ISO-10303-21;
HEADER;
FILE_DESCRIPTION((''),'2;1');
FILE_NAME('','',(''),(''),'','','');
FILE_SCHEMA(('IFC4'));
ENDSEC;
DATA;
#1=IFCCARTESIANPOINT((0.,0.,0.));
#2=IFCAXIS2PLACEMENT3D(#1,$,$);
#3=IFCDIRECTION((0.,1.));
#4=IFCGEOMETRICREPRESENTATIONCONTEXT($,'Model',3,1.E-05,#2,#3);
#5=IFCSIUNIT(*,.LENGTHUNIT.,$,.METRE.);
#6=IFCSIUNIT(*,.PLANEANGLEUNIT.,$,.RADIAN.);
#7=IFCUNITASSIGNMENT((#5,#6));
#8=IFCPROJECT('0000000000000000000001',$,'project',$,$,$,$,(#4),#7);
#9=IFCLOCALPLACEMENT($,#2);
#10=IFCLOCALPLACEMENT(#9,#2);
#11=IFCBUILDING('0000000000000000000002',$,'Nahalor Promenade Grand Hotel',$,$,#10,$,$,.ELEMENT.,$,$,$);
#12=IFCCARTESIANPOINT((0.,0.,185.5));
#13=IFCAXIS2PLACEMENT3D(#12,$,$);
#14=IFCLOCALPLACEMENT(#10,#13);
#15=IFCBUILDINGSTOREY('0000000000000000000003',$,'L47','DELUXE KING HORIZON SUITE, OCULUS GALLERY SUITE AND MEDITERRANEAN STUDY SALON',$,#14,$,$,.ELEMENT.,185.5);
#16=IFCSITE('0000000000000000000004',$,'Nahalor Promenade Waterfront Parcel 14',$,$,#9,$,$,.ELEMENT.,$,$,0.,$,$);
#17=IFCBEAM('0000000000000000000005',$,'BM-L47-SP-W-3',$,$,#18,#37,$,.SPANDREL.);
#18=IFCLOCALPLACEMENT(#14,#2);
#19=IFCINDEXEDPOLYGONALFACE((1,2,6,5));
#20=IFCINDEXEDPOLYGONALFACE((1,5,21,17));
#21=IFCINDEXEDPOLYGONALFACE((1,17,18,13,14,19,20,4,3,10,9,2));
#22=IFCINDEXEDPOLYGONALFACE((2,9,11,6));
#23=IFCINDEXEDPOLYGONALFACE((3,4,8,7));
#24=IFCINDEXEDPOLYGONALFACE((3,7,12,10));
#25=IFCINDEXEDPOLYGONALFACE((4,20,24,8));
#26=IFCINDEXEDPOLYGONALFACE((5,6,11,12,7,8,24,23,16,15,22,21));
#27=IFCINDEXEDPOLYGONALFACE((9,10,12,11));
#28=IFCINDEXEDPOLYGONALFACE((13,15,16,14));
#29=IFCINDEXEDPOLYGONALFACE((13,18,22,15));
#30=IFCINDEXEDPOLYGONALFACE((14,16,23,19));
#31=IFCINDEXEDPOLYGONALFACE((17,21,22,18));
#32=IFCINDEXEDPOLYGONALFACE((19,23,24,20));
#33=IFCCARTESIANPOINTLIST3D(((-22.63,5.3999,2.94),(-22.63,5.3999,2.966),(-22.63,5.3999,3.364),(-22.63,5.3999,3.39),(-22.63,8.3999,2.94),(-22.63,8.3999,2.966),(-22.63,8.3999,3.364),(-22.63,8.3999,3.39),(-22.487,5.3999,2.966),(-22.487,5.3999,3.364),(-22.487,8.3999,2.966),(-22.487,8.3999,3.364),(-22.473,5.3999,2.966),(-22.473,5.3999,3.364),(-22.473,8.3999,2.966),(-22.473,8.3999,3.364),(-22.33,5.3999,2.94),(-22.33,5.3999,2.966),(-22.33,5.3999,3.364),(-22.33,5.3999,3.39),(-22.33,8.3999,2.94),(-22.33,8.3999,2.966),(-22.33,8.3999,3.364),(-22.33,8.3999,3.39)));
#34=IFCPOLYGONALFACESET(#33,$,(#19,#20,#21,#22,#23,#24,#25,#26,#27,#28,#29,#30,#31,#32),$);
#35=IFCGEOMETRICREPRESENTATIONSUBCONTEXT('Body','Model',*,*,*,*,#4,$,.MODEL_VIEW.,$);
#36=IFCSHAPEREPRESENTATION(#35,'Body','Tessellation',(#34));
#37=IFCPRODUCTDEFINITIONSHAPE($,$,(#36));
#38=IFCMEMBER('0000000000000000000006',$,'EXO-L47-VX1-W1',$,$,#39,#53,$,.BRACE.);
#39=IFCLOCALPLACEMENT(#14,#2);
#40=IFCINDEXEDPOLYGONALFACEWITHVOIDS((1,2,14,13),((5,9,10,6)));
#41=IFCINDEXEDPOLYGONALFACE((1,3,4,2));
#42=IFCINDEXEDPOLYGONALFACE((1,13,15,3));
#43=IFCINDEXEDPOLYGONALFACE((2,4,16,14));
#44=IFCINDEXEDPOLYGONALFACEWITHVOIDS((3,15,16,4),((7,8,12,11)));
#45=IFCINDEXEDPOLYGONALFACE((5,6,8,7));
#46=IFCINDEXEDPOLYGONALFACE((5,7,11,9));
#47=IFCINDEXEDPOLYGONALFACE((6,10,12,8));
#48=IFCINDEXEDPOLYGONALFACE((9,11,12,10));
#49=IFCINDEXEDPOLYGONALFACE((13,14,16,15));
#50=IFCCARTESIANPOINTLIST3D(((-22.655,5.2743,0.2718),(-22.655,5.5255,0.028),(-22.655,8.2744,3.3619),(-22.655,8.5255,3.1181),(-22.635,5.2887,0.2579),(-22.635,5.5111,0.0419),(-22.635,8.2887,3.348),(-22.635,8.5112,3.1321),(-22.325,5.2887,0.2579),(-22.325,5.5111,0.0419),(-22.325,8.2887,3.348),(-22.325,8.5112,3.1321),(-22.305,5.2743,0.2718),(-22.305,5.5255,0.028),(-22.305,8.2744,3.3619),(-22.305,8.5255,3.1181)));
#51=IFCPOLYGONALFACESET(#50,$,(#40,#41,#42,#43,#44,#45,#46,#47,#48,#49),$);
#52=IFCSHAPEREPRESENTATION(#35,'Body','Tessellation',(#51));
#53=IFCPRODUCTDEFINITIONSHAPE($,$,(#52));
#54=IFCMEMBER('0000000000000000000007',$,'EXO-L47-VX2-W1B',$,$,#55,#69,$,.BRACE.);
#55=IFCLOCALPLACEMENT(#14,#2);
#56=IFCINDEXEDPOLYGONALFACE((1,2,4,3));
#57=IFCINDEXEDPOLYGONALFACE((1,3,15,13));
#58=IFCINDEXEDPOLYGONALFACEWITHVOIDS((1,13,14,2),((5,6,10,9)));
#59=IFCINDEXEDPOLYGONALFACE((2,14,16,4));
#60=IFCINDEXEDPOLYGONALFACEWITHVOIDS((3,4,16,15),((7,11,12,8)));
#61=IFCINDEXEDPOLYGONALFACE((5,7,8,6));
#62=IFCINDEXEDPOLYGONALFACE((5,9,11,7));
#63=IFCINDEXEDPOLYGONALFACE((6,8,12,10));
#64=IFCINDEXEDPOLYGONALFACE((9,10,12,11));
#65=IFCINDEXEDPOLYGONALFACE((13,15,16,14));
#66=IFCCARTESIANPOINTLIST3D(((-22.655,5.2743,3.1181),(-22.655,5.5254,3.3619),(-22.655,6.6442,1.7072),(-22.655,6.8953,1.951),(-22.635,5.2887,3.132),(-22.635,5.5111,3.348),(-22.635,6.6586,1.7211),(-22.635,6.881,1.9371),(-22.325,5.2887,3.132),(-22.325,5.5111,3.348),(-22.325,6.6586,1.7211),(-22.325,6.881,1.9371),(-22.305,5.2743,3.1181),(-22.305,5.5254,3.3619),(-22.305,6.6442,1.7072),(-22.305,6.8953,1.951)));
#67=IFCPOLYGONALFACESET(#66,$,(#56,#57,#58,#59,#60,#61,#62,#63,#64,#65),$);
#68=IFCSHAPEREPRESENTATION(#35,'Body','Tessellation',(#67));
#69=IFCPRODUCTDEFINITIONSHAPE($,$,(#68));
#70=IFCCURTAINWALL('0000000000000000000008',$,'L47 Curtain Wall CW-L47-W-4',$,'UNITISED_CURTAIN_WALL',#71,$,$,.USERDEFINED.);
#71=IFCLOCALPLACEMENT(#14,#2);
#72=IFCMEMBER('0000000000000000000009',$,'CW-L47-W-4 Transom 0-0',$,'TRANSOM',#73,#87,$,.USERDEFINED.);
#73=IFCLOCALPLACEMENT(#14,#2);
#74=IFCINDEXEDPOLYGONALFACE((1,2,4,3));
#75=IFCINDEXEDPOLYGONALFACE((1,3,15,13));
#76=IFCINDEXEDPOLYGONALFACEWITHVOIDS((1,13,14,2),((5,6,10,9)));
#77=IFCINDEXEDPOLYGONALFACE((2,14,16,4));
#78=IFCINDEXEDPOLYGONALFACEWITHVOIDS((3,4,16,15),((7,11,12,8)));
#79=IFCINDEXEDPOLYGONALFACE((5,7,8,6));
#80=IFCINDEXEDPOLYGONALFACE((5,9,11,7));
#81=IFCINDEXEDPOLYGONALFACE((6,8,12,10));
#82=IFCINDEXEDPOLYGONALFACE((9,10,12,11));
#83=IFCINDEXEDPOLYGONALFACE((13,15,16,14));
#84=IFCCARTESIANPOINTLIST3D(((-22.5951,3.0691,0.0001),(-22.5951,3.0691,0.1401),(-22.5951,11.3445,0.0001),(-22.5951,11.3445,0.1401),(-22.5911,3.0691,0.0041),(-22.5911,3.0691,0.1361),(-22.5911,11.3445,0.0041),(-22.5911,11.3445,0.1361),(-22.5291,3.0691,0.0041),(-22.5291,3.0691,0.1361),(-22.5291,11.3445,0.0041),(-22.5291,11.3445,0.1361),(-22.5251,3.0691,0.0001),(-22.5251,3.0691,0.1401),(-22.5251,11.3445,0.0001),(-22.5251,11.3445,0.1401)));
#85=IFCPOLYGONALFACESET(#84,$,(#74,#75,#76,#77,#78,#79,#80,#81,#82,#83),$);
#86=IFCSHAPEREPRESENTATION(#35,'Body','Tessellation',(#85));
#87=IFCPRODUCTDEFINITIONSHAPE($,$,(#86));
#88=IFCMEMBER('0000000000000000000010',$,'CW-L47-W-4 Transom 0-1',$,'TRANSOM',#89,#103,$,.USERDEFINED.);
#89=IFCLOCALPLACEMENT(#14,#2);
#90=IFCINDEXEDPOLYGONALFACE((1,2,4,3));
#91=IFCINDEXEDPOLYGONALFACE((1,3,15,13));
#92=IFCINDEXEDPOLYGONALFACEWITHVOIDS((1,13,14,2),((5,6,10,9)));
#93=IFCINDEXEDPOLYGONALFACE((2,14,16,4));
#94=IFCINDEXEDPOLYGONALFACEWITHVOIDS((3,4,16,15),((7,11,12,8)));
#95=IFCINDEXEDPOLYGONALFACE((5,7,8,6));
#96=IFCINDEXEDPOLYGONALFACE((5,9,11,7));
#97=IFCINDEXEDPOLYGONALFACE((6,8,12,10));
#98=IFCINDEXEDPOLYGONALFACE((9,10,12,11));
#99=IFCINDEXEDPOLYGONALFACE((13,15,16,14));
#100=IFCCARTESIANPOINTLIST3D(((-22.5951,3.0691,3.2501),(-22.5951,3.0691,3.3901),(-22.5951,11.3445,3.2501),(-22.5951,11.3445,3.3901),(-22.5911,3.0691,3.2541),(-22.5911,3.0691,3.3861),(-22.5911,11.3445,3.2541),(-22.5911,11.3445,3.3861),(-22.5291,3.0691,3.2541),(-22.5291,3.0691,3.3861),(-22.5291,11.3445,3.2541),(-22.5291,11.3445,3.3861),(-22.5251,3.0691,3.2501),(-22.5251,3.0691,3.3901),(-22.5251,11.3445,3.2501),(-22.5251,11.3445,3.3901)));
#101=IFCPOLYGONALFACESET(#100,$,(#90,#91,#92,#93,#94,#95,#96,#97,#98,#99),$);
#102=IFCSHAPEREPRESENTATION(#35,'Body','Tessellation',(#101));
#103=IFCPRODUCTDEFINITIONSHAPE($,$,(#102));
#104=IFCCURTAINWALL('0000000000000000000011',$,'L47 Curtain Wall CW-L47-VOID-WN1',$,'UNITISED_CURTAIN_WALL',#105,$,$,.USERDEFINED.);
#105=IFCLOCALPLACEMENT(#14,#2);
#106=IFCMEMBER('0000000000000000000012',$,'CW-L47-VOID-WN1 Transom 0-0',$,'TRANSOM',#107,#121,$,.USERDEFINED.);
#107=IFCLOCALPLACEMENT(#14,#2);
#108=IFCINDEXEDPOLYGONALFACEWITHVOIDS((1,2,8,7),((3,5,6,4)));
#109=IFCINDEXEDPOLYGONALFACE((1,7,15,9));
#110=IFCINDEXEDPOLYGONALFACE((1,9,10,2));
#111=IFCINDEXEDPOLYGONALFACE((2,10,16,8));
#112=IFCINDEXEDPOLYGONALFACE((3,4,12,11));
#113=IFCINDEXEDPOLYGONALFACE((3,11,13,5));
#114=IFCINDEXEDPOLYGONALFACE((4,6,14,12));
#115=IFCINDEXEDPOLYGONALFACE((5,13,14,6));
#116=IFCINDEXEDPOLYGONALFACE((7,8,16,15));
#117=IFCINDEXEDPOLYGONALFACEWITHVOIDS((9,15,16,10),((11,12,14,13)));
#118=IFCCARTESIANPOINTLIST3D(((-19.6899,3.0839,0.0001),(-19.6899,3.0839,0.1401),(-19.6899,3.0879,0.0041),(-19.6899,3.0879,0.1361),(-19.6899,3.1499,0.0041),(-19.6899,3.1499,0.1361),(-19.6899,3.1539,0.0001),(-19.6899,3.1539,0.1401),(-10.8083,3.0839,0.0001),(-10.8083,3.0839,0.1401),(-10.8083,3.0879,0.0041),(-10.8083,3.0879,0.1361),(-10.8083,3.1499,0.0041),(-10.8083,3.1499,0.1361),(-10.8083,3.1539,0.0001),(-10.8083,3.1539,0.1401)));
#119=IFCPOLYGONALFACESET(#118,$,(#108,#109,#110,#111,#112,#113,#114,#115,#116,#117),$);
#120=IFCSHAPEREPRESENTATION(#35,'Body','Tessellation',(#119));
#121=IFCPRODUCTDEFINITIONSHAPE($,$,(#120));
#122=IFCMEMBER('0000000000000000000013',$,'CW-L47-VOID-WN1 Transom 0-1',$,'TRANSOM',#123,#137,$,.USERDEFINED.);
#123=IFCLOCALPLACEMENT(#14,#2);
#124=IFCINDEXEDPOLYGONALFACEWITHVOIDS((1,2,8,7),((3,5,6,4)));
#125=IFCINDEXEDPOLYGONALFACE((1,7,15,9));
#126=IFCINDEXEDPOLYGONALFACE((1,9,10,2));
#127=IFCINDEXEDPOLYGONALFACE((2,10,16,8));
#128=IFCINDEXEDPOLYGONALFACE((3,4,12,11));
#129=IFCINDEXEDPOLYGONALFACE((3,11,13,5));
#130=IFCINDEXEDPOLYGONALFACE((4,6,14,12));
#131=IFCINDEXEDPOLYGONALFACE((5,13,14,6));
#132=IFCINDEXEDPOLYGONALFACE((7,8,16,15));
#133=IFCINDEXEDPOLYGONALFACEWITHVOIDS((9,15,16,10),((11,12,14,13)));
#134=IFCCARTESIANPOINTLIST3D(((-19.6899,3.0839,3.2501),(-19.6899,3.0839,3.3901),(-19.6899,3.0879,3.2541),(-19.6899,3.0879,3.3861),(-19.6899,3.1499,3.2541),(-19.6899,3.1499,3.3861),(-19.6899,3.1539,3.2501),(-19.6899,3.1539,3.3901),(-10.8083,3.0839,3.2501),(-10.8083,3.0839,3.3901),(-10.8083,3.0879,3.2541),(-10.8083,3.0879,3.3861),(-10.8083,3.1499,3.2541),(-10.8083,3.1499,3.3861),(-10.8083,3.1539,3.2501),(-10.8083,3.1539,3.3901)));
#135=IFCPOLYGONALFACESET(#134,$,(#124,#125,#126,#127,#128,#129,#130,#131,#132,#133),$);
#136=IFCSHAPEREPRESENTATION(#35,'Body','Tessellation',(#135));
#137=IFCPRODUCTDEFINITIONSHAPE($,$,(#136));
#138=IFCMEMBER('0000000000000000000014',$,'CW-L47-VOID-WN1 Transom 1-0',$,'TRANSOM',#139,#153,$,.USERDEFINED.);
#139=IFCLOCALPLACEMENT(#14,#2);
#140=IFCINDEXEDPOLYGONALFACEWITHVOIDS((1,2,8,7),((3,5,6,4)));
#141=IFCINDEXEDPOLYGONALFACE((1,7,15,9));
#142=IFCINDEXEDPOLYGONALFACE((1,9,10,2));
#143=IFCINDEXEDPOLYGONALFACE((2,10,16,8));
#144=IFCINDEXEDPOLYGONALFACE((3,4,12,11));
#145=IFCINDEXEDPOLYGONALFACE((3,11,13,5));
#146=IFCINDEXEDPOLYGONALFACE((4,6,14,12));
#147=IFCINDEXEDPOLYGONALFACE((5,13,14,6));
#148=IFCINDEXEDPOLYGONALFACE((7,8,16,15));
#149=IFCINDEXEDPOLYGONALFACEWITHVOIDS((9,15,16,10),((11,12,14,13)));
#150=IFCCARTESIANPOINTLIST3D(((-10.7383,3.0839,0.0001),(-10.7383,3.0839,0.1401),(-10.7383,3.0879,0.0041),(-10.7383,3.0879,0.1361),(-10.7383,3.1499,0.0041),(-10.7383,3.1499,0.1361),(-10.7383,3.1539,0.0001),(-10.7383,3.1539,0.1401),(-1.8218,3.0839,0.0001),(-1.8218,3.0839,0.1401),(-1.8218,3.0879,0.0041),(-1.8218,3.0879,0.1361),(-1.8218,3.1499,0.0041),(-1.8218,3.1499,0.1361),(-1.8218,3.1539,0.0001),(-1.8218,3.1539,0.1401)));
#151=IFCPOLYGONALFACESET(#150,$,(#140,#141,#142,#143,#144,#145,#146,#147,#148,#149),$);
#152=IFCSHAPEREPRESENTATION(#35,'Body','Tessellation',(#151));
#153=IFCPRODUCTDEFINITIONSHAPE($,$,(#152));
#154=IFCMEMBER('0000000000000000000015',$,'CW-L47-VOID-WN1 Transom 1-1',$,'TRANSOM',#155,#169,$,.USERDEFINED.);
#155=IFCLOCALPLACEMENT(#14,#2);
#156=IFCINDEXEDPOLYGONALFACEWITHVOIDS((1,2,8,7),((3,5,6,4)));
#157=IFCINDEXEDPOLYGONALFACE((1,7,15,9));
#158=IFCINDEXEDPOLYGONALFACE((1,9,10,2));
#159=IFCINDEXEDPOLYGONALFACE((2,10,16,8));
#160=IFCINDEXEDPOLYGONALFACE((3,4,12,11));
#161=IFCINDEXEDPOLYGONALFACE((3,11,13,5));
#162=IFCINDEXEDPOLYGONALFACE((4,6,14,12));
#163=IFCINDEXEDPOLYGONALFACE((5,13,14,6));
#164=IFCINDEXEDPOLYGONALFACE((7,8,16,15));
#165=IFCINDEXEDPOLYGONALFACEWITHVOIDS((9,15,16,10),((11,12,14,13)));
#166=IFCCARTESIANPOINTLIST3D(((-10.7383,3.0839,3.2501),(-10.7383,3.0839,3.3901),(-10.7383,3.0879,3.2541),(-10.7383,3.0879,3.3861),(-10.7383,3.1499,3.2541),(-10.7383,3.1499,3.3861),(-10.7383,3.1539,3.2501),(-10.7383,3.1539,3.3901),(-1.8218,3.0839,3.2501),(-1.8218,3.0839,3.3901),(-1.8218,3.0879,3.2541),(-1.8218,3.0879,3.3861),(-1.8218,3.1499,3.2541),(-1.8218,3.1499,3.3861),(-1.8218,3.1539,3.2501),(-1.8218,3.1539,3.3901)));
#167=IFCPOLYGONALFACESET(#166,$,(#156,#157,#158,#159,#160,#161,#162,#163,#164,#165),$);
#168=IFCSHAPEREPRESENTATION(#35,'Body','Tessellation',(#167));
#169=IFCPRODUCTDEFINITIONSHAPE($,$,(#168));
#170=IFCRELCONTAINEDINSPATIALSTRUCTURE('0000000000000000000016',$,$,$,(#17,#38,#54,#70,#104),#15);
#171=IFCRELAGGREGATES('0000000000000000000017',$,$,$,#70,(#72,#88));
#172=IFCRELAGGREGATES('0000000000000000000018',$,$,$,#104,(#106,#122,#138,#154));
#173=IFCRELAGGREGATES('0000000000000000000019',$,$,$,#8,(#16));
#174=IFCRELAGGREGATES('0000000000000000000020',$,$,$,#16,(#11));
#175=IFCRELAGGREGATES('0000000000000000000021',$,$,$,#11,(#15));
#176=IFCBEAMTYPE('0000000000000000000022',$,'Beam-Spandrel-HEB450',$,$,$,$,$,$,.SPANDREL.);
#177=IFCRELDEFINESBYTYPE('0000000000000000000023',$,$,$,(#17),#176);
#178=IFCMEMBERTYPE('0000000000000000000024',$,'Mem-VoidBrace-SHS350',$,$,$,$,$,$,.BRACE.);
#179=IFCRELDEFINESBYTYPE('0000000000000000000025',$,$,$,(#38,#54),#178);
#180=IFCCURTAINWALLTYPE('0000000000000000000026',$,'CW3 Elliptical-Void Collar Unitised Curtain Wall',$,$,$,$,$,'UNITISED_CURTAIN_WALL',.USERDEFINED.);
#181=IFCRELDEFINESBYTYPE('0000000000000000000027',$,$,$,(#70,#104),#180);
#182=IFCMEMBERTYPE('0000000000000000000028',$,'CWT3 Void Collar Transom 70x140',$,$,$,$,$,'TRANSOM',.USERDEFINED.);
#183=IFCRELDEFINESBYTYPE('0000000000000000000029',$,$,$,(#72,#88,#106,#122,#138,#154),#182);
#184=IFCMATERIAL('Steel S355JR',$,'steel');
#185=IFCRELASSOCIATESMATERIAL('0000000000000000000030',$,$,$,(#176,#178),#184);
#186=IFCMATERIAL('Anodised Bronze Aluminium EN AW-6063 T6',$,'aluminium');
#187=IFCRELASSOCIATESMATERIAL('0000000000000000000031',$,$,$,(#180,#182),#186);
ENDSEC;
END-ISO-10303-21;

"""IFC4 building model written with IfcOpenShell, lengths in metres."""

from ifc_helpers import new_model, si_unit, direction, frame, origin, origin_2d, place, context, subcontext, project, spatial, hollow_rectangle, i_section, extrude, source, transform, mapped, material, material_profile, profile_set, type_object, element, aggregate, save


model = new_model("IFC4")

# Units and contexts
model_context = context("Model", 3, precision=1e-05, world=origin(), true_north=direction((0.0, 1.0)))
body_context = subcontext(model_context, "Body", "Model", "MODEL_VIEW")
ifc_project = project(units=[si_unit("LENGTHUNIT", "METRE"), si_unit("PLANEANGLEUNIT", "RADIAN")], contexts=[model_context])

# Site, building, storey
site_placement = place(None, origin())
site = spatial("IfcSite", under=ifc_project, at=site_placement, Name="Nahalor Promenade Waterfront Parcel 14", CompositionType="ELEMENT", RefElevation=0.0)
building_placement = place(site_placement, origin())
building = spatial("IfcBuilding", under=site, at=building_placement, Name="Nahalor Promenade Grand Hotel", CompositionType="ELEMENT")
storey_placement = place(building_placement, frame((0.0, 0.0, 185.5)))
storey = spatial("IfcBuildingStorey", under=building, at=storey_placement, Name="L47", Description="DELUXE KING HORIZON SUITE, OCULUS GALLERY SUITE AND MEDITERRANEAN STUDY SALON", CompositionType="ELEMENT", Elevation=185.5)

# Beam
ifc_material_1 = material(Name="Steel S355JR", Category="steel")
ifc_material_profile_1 = material_profile(ifc_material_1, i_section(OverallWidth=0.3, OverallDepth=0.45, WebThickness=0.014, FlangeThickness=0.026, at=origin_2d()), Name="HEB 450")
ifc_profile_set_1 = profile_set([ifc_material_profile_1], Name="Steel S355JR")
beam_type_1 = type_object("IfcBeamType", Name="Beam-Spandrel-HEB450", PredefinedType="SPANDREL", material=ifc_profile_set_1)
shared_shape_1 = source(origin(), body_context, "Body", "SweptSolid", [
    extrude(i_section(OverallWidth=0.3, OverallDepth=0.45, WebThickness=0.014, FlangeThickness=0.026, at=origin_2d()), origin(), (0.0, 0.0, 1.0), 3.0),
])
beam_1_placement = place(storey_placement, frame((-22.48, 5.3999, 3.165), z_axis=(0.0, 1.0, 0.0), x_axis=(-1.0, 0.0, 0.0)))
element("IfcBeam", 1, at=beam_1_placement, inside=storey, type_object=beam_type_1, Name="BM-L47-SP-W-3", PredefinedType="SPANDREL", context=body_context, shape_type="MappedRepresentation", body=[
    mapped(shared_shape_1, transform((0.0, 0.0, 0.0), scale=1.0)),
])

# Members
ifc_material_profile_2 = material_profile(ifc_material_1, hollow_rectangle(XDim=0.35, YDim=0.35, WallThickness=0.02, at=origin_2d()), Name="SHS 350x350x20")
ifc_profile_set_2 = profile_set([ifc_material_profile_2], Name="Steel S355JR")
member_type_1 = type_object("IfcMemberType", Name="Mem-VoidBrace-SHS350", PredefinedType="BRACE", material=ifc_profile_set_2)
shared_shape_2 = source(origin(), body_context, "Body", "SweptSolid", [
    extrude(hollow_rectangle(XDim=0.35, YDim=0.35, WallThickness=0.02, at=origin_2d()), origin(), (0.0, 0.0, 1.0), 4.3069),
])
member_1_placement = place(storey_placement, frame((-22.48, 5.3999, 0.1499), z_axis=(0.0, 0.696571, 0.717488), x_axis=(-1.0, 0.0, 0.0)))
element("IfcMember", 2, at=member_1_placement, inside=storey, type_object=member_type_1, Name="EXO-L47-VX1-W1", PredefinedType="BRACE", context=body_context, shape_type="MappedRepresentation", body=[
    mapped(shared_shape_2, transform((0.0, 0.0, 0.0), scale=1.0)),
])
shared_shape_3 = source(origin(), body_context, "Body", "SweptSolid", [
    extrude(hollow_rectangle(XDim=0.35, YDim=0.35, WallThickness=0.02, at=origin_2d()), origin(), (0.0, 0.0, 1.0), 1.9666),
])
member_2_placement = place(storey_placement, frame((-22.48, 6.7698, 1.8291), z_axis=(0.0, -0.696601, 0.717458), x_axis=(1.0, 0.0, 0.0)))
element("IfcMember", 3, at=member_2_placement, inside=storey, type_object=member_type_1, Name="EXO-L47-VX2-W1B", PredefinedType="BRACE", context=body_context, shape_type="MappedRepresentation", body=[
    mapped(shared_shape_3, transform((0.0, 0.0, 0.0), scale=1.0)),
])

# Curtain walls, members
ifc_material_2 = material(Name="Anodised Bronze Aluminium EN AW-6063 T6", Category="aluminium")
curtain_wall_type = type_object("IfcCurtainWallType", Name="CW3 Elliptical-Void Collar Unitised Curtain Wall", ElementType="UNITISED_CURTAIN_WALL", PredefinedType="USERDEFINED", material=ifc_material_2)
curtain_wall_1_placement = place(storey_placement, origin())
curtain_wall_1 = element("IfcCurtainWall", 4, at=curtain_wall_1_placement, inside=storey, type_object=curtain_wall_type, Name="L47 Curtain Wall CW-L47-W-4", ObjectType="UNITISED_CURTAIN_WALL", PredefinedType="USERDEFINED")
ifc_material_profile_3 = material_profile(ifc_material_2, hollow_rectangle(XDim=0.07, YDim=0.14, WallThickness=0.004, at=origin_2d()), Name="CWT 70x140x4")
ifc_profile_set_3 = profile_set([ifc_material_profile_3], Name="Anodised Bronze Aluminium EN AW-6063 T6")
member_type_2 = type_object("IfcMemberType", Name="CWT3 Void Collar Transom 70x140", ElementType="TRANSOM", PredefinedType="USERDEFINED", material=ifc_profile_set_3)
shared_shape_4 = source(origin(), body_context, "Body", "SweptSolid", [
    extrude(hollow_rectangle(XDim=0.07, YDim=0.14, WallThickness=0.004, at=origin_2d()), origin(), (0.0, 0.0, 1.0), 8.2754),
])
member_3_placement = place(storey_placement, frame((-22.5601, 3.0691, 0.0701), z_axis=(0.0, 1.0, 0.0), x_axis=(-1.0, 0.0, 0.0)))
member_3 = element("IfcMember", 5, at=member_3_placement, type_object=member_type_2, Name="CW-L47-W-4 Transom 0-0", ObjectType="TRANSOM", PredefinedType="USERDEFINED", context=body_context, shape_type="MappedRepresentation", body=[
    mapped(shared_shape_4, transform((0.0, 0.0, 0.0), scale=1.0)),
])
member_4_placement = place(storey_placement, frame((-22.5601, 3.0691, 3.3201), z_axis=(0.0, 1.0, 0.0), x_axis=(-1.0, 0.0, 0.0)))
member_4 = element("IfcMember", 6, at=member_4_placement, type_object=member_type_2, Name="CW-L47-W-4 Transom 0-1", ObjectType="TRANSOM", PredefinedType="USERDEFINED", context=body_context, shape_type="MappedRepresentation", body=[
    mapped(shared_shape_4, transform((0.0, 0.0, 0.0), scale=1.0)),
])
curtain_wall_2_placement = place(storey_placement, origin())
curtain_wall_2 = element("IfcCurtainWall", 7, at=curtain_wall_2_placement, inside=storey, type_object=curtain_wall_type, Name="L47 Curtain Wall CW-L47-VOID-WN1", ObjectType="UNITISED_CURTAIN_WALL", PredefinedType="USERDEFINED")
shared_shape_5 = source(origin(), body_context, "Body", "SweptSolid", [
    extrude(hollow_rectangle(XDim=0.07, YDim=0.14, WallThickness=0.004, at=origin_2d()), origin(), (0.0, 0.0, 1.0), 8.8816),
])
member_5_placement = place(storey_placement, frame((-19.6899, 3.1189, 0.0701), z_axis=(1.0, 0.0, 0.0), x_axis=(0.0, 1.0, 0.0)))
member_5 = element("IfcMember", 8, at=member_5_placement, type_object=member_type_2, Name="CW-L47-VOID-WN1 Transom 0-0", ObjectType="TRANSOM", PredefinedType="USERDEFINED", context=body_context, shape_type="MappedRepresentation", body=[
    mapped(shared_shape_5, transform((0.0, 0.0, 0.0), scale=1.0)),
])
member_6_placement = place(storey_placement, frame((-19.6899, 3.1189, 3.3201), z_axis=(1.0, 0.0, 0.0), x_axis=(0.0, 1.0, 0.0)))
member_6 = element("IfcMember", 9, at=member_6_placement, type_object=member_type_2, Name="CW-L47-VOID-WN1 Transom 0-1", ObjectType="TRANSOM", PredefinedType="USERDEFINED", context=body_context, shape_type="MappedRepresentation", body=[
    mapped(shared_shape_5, transform((0.0, 0.0, 0.0), scale=1.0)),
])
shared_shape_6 = source(origin(), body_context, "Body", "SweptSolid", [
    extrude(hollow_rectangle(XDim=0.07, YDim=0.14, WallThickness=0.004, at=origin_2d()), origin(), (0.0, 0.0, 1.0), 8.9165),
])
member_7_placement = place(storey_placement, frame((-10.7383, 3.1189, 0.0701), z_axis=(1.0, 0.0, 0.0), x_axis=(0.0, 1.0, 0.0)))
member_7 = element("IfcMember", 10, at=member_7_placement, type_object=member_type_2, Name="CW-L47-VOID-WN1 Transom 1-0", ObjectType="TRANSOM", PredefinedType="USERDEFINED", context=body_context, shape_type="MappedRepresentation", body=[
    mapped(shared_shape_6, transform((0.0, 0.0, 0.0), scale=1.0)),
])
member_8_placement = place(storey_placement, frame((-10.7383, 3.1189, 3.3201), z_axis=(1.0, 0.0, 0.0), x_axis=(0.0, 1.0, 0.0)))
member_8 = element("IfcMember", 11, at=member_8_placement, type_object=member_type_2, Name="CW-L47-VOID-WN1 Transom 1-1", ObjectType="TRANSOM", PredefinedType="USERDEFINED", context=body_context, shape_type="MappedRepresentation", body=[
    mapped(shared_shape_6, transform((0.0, 0.0, 0.0), scale=1.0)),
])

aggregate(curtain_wall_1, [member_3, member_4])
aggregate(curtain_wall_2, [member_5, member_6, member_7, member_8])

save(model, "model.ifc")
